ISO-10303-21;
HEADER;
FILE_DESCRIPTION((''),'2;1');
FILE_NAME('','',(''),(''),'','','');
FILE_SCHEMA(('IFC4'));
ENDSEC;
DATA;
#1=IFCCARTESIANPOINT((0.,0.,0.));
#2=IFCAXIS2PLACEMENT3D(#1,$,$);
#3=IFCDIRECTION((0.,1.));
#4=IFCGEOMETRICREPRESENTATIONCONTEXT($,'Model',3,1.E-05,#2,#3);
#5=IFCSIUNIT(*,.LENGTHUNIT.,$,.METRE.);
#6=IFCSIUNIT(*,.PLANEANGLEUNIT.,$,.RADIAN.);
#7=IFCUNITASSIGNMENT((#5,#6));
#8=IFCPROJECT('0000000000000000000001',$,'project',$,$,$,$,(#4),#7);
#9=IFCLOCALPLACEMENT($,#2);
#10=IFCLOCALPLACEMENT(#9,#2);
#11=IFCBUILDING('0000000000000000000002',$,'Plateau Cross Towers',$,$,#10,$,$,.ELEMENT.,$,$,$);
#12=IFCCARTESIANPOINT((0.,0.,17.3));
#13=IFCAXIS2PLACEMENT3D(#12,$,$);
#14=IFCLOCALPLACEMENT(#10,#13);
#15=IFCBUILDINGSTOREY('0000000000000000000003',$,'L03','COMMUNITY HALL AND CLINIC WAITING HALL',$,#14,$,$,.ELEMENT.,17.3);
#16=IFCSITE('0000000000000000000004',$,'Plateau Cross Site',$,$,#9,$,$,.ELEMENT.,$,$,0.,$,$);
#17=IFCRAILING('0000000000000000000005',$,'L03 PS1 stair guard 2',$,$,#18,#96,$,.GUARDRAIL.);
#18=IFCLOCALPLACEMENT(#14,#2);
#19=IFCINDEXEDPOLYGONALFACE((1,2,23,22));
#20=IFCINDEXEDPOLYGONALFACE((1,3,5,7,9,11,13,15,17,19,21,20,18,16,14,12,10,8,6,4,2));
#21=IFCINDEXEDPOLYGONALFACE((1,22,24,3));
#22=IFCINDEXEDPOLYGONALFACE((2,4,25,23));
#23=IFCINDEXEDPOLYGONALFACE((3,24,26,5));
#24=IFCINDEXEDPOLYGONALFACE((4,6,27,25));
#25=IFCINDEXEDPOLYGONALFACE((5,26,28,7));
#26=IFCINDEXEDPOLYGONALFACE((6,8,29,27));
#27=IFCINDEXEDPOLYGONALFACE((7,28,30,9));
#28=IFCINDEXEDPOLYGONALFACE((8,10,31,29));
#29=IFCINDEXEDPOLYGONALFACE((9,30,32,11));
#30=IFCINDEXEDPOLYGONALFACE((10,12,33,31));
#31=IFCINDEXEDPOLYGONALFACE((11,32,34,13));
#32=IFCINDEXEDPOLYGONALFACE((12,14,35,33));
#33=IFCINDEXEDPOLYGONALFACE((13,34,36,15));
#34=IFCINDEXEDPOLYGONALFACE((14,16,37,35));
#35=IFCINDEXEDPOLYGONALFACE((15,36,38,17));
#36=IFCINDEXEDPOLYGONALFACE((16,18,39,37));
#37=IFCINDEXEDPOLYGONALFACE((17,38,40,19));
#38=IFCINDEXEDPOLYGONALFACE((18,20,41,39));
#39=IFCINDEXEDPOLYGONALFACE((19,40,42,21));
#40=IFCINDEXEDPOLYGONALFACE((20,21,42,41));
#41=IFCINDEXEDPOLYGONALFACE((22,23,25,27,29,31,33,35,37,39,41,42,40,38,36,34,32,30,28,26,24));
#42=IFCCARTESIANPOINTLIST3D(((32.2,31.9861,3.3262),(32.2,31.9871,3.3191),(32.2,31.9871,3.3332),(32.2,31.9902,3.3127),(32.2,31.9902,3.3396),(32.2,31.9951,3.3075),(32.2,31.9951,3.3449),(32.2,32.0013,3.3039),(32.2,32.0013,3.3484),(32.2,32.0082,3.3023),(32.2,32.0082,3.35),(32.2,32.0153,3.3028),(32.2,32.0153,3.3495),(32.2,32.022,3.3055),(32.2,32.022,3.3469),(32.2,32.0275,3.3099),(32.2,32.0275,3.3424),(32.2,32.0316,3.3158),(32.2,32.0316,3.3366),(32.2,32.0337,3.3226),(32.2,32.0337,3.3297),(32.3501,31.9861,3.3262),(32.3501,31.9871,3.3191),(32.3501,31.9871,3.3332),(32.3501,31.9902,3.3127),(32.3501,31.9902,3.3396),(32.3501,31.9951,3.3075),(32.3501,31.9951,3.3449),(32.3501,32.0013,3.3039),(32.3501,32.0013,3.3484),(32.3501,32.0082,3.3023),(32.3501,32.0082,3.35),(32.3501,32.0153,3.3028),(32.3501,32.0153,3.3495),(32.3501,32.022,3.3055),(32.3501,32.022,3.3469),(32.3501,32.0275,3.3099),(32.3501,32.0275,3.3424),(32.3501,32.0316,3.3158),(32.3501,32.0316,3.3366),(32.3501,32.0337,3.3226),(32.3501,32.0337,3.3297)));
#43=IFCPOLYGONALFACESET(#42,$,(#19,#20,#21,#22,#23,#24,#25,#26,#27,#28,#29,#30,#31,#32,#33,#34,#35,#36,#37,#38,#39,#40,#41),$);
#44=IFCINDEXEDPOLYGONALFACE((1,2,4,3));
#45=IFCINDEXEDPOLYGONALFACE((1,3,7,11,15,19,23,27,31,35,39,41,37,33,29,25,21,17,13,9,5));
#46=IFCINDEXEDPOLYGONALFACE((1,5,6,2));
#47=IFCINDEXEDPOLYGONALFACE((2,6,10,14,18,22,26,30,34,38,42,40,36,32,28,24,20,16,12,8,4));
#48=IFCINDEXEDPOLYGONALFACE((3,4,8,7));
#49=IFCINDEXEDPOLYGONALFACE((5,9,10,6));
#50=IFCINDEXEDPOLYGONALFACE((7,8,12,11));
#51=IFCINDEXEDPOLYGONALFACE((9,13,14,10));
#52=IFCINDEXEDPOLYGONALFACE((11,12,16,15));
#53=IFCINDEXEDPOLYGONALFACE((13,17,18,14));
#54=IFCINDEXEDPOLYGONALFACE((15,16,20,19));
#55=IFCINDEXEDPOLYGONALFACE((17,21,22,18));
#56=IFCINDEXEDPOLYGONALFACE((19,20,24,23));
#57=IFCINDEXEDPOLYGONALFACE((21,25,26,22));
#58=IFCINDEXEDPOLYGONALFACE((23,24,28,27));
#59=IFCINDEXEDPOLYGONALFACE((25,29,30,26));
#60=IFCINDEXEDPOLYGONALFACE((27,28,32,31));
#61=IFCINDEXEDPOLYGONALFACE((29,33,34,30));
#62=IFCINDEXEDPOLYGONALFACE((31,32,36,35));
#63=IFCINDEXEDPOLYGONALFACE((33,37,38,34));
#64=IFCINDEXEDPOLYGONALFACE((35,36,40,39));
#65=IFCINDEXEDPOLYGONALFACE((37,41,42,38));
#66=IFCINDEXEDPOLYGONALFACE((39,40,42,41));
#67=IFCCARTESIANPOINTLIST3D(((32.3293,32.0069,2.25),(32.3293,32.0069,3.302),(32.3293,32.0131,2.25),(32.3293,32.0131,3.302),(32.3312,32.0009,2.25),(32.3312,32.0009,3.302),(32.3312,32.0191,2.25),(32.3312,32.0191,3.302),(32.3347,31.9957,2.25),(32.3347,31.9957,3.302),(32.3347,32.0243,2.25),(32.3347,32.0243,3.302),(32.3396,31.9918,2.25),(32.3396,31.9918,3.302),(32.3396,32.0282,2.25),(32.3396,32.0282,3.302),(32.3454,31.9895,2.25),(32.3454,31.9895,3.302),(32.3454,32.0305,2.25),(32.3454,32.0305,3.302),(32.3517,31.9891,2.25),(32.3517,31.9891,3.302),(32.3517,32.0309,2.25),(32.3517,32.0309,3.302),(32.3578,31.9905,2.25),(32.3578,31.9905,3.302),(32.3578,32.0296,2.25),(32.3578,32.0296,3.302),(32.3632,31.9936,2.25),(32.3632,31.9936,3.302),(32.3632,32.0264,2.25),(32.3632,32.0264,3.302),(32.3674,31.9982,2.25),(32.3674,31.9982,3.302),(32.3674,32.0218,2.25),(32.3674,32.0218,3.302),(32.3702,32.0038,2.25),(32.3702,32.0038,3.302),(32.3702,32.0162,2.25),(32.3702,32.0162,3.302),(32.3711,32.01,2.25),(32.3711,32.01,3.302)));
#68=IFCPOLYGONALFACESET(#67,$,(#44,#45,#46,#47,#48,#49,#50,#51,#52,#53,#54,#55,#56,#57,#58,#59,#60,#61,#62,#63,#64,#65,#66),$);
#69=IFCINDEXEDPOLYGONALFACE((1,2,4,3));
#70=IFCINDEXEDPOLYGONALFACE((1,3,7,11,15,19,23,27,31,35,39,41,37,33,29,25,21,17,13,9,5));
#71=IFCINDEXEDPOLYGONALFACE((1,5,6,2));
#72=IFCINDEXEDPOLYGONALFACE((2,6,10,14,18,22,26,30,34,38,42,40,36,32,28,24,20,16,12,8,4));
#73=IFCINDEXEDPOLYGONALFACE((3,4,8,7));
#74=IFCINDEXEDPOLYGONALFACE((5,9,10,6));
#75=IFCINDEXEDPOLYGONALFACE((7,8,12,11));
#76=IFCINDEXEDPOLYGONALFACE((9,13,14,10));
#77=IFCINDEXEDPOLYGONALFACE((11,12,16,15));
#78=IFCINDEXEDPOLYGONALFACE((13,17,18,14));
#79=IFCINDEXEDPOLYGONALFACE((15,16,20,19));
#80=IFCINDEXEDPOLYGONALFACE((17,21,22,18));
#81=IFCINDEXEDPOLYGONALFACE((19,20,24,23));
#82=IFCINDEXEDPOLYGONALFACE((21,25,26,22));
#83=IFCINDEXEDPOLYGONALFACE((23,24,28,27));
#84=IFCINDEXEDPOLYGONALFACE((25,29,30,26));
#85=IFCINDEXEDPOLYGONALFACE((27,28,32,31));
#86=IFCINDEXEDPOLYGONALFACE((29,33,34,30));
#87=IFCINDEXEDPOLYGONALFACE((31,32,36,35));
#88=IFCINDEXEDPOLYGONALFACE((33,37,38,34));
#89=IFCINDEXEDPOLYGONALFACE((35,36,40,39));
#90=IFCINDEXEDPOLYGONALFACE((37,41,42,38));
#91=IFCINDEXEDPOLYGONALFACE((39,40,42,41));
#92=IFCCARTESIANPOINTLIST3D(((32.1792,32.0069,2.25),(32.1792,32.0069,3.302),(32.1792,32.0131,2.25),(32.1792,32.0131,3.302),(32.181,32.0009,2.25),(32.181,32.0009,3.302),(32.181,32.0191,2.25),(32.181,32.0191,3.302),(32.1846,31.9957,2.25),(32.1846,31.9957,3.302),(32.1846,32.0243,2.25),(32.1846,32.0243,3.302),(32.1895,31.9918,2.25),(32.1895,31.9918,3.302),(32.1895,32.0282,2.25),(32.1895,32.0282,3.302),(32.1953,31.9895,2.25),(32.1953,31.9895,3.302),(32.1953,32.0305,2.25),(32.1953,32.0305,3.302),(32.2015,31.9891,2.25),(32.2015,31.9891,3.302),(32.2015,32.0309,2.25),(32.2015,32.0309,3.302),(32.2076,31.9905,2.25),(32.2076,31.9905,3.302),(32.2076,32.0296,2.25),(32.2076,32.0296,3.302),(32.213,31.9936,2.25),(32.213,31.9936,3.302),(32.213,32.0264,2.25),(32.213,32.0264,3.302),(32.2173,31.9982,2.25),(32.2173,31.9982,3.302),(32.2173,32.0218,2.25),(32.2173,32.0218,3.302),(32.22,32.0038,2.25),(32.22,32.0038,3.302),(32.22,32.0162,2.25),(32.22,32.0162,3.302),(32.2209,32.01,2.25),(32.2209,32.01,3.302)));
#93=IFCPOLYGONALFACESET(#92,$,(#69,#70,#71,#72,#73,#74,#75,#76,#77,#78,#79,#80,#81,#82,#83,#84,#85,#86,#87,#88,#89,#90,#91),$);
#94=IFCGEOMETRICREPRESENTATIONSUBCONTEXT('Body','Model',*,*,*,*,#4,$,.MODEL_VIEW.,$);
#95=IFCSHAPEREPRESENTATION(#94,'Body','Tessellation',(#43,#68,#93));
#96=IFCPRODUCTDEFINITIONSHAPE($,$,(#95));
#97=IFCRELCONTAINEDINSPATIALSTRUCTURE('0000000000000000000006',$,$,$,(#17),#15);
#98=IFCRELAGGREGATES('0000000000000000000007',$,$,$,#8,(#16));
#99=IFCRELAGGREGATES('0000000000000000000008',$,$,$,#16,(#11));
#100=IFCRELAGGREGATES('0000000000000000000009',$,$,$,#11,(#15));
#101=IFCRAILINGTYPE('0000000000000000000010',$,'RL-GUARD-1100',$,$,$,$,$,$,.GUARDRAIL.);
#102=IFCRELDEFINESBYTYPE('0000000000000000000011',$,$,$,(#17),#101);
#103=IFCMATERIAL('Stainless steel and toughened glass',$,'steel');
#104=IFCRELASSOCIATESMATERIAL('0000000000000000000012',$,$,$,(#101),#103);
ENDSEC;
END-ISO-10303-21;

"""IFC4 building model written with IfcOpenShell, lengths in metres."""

from ifc_helpers import new_model, si_unit, direction, frame, origin, origin_2d, place, context, subcontext, project, spatial, circle, extrude, material, type_object, element, save


model = new_model("IFC4")

# Units and contexts
model_context = context("Model", 3, precision=1e-05, world=origin(), true_north=direction((0.0, 1.0)))
body_context = subcontext(model_context, "Body", "Model", "MODEL_VIEW")
ifc_project = project(units=[si_unit("LENGTHUNIT", "METRE"), si_unit("PLANEANGLEUNIT", "RADIAN")], contexts=[model_context])

# Site, building, storey
site_placement = place(None, origin())
site = spatial("IfcSite", under=ifc_project, at=site_placement, Name="Plateau Cross Site", CompositionType="ELEMENT", RefElevation=0.0)
building_placement = place(site_placement, origin())
building = spatial("IfcBuilding", under=site, at=building_placement, Name="Plateau Cross Towers", CompositionType="ELEMENT")
storey_placement = place(building_placement, frame((0.0, 0.0, 17.3)))
storey = spatial("IfcBuildingStorey", under=building, at=storey_placement, Name="L03", Description="COMMUNITY HALL AND CLINIC WAITING HALL", CompositionType="ELEMENT", Elevation=17.3)

# Railing
ifc_material_1 = material(Name="Stainless steel and toughened glass", Category="steel")
railing_type_1 = type_object("IfcRailingType", Name="RL-GUARD-1100", PredefinedType="GUARDRAIL", material=ifc_material_1)
railing_1_placement = place(storey_placement, frame((32.3501, 32.01, 2.25)))
element("IfcRailing", 1, at=railing_1_placement, inside=storey, type_object=railing_type_1, Name="L03 PS1 stair guard 2", PredefinedType="GUARDRAIL", context=body_context, shape_type="SweptSolid", body=[
    extrude(circle(Radius=0.0239, at=origin_2d()), frame((0.0, 0.0, 1.0762), z_axis=(-1.0, 0.0, 0.0), x_axis=(0.0, -1.0, 0.0)), (0.0, 0.0, 1.0), 0.1501),
    extrude(circle(Radius=0.021, at=origin_2d()), origin(), (0.0, 0.0, 1.0), 1.052),
    extrude(circle(Radius=0.021, at=origin_2d()), frame((-0.1501, 0.0, 0.0)), (0.0, 0.0, 1.0), 1.052),
])

save(model, "model.ifc")
